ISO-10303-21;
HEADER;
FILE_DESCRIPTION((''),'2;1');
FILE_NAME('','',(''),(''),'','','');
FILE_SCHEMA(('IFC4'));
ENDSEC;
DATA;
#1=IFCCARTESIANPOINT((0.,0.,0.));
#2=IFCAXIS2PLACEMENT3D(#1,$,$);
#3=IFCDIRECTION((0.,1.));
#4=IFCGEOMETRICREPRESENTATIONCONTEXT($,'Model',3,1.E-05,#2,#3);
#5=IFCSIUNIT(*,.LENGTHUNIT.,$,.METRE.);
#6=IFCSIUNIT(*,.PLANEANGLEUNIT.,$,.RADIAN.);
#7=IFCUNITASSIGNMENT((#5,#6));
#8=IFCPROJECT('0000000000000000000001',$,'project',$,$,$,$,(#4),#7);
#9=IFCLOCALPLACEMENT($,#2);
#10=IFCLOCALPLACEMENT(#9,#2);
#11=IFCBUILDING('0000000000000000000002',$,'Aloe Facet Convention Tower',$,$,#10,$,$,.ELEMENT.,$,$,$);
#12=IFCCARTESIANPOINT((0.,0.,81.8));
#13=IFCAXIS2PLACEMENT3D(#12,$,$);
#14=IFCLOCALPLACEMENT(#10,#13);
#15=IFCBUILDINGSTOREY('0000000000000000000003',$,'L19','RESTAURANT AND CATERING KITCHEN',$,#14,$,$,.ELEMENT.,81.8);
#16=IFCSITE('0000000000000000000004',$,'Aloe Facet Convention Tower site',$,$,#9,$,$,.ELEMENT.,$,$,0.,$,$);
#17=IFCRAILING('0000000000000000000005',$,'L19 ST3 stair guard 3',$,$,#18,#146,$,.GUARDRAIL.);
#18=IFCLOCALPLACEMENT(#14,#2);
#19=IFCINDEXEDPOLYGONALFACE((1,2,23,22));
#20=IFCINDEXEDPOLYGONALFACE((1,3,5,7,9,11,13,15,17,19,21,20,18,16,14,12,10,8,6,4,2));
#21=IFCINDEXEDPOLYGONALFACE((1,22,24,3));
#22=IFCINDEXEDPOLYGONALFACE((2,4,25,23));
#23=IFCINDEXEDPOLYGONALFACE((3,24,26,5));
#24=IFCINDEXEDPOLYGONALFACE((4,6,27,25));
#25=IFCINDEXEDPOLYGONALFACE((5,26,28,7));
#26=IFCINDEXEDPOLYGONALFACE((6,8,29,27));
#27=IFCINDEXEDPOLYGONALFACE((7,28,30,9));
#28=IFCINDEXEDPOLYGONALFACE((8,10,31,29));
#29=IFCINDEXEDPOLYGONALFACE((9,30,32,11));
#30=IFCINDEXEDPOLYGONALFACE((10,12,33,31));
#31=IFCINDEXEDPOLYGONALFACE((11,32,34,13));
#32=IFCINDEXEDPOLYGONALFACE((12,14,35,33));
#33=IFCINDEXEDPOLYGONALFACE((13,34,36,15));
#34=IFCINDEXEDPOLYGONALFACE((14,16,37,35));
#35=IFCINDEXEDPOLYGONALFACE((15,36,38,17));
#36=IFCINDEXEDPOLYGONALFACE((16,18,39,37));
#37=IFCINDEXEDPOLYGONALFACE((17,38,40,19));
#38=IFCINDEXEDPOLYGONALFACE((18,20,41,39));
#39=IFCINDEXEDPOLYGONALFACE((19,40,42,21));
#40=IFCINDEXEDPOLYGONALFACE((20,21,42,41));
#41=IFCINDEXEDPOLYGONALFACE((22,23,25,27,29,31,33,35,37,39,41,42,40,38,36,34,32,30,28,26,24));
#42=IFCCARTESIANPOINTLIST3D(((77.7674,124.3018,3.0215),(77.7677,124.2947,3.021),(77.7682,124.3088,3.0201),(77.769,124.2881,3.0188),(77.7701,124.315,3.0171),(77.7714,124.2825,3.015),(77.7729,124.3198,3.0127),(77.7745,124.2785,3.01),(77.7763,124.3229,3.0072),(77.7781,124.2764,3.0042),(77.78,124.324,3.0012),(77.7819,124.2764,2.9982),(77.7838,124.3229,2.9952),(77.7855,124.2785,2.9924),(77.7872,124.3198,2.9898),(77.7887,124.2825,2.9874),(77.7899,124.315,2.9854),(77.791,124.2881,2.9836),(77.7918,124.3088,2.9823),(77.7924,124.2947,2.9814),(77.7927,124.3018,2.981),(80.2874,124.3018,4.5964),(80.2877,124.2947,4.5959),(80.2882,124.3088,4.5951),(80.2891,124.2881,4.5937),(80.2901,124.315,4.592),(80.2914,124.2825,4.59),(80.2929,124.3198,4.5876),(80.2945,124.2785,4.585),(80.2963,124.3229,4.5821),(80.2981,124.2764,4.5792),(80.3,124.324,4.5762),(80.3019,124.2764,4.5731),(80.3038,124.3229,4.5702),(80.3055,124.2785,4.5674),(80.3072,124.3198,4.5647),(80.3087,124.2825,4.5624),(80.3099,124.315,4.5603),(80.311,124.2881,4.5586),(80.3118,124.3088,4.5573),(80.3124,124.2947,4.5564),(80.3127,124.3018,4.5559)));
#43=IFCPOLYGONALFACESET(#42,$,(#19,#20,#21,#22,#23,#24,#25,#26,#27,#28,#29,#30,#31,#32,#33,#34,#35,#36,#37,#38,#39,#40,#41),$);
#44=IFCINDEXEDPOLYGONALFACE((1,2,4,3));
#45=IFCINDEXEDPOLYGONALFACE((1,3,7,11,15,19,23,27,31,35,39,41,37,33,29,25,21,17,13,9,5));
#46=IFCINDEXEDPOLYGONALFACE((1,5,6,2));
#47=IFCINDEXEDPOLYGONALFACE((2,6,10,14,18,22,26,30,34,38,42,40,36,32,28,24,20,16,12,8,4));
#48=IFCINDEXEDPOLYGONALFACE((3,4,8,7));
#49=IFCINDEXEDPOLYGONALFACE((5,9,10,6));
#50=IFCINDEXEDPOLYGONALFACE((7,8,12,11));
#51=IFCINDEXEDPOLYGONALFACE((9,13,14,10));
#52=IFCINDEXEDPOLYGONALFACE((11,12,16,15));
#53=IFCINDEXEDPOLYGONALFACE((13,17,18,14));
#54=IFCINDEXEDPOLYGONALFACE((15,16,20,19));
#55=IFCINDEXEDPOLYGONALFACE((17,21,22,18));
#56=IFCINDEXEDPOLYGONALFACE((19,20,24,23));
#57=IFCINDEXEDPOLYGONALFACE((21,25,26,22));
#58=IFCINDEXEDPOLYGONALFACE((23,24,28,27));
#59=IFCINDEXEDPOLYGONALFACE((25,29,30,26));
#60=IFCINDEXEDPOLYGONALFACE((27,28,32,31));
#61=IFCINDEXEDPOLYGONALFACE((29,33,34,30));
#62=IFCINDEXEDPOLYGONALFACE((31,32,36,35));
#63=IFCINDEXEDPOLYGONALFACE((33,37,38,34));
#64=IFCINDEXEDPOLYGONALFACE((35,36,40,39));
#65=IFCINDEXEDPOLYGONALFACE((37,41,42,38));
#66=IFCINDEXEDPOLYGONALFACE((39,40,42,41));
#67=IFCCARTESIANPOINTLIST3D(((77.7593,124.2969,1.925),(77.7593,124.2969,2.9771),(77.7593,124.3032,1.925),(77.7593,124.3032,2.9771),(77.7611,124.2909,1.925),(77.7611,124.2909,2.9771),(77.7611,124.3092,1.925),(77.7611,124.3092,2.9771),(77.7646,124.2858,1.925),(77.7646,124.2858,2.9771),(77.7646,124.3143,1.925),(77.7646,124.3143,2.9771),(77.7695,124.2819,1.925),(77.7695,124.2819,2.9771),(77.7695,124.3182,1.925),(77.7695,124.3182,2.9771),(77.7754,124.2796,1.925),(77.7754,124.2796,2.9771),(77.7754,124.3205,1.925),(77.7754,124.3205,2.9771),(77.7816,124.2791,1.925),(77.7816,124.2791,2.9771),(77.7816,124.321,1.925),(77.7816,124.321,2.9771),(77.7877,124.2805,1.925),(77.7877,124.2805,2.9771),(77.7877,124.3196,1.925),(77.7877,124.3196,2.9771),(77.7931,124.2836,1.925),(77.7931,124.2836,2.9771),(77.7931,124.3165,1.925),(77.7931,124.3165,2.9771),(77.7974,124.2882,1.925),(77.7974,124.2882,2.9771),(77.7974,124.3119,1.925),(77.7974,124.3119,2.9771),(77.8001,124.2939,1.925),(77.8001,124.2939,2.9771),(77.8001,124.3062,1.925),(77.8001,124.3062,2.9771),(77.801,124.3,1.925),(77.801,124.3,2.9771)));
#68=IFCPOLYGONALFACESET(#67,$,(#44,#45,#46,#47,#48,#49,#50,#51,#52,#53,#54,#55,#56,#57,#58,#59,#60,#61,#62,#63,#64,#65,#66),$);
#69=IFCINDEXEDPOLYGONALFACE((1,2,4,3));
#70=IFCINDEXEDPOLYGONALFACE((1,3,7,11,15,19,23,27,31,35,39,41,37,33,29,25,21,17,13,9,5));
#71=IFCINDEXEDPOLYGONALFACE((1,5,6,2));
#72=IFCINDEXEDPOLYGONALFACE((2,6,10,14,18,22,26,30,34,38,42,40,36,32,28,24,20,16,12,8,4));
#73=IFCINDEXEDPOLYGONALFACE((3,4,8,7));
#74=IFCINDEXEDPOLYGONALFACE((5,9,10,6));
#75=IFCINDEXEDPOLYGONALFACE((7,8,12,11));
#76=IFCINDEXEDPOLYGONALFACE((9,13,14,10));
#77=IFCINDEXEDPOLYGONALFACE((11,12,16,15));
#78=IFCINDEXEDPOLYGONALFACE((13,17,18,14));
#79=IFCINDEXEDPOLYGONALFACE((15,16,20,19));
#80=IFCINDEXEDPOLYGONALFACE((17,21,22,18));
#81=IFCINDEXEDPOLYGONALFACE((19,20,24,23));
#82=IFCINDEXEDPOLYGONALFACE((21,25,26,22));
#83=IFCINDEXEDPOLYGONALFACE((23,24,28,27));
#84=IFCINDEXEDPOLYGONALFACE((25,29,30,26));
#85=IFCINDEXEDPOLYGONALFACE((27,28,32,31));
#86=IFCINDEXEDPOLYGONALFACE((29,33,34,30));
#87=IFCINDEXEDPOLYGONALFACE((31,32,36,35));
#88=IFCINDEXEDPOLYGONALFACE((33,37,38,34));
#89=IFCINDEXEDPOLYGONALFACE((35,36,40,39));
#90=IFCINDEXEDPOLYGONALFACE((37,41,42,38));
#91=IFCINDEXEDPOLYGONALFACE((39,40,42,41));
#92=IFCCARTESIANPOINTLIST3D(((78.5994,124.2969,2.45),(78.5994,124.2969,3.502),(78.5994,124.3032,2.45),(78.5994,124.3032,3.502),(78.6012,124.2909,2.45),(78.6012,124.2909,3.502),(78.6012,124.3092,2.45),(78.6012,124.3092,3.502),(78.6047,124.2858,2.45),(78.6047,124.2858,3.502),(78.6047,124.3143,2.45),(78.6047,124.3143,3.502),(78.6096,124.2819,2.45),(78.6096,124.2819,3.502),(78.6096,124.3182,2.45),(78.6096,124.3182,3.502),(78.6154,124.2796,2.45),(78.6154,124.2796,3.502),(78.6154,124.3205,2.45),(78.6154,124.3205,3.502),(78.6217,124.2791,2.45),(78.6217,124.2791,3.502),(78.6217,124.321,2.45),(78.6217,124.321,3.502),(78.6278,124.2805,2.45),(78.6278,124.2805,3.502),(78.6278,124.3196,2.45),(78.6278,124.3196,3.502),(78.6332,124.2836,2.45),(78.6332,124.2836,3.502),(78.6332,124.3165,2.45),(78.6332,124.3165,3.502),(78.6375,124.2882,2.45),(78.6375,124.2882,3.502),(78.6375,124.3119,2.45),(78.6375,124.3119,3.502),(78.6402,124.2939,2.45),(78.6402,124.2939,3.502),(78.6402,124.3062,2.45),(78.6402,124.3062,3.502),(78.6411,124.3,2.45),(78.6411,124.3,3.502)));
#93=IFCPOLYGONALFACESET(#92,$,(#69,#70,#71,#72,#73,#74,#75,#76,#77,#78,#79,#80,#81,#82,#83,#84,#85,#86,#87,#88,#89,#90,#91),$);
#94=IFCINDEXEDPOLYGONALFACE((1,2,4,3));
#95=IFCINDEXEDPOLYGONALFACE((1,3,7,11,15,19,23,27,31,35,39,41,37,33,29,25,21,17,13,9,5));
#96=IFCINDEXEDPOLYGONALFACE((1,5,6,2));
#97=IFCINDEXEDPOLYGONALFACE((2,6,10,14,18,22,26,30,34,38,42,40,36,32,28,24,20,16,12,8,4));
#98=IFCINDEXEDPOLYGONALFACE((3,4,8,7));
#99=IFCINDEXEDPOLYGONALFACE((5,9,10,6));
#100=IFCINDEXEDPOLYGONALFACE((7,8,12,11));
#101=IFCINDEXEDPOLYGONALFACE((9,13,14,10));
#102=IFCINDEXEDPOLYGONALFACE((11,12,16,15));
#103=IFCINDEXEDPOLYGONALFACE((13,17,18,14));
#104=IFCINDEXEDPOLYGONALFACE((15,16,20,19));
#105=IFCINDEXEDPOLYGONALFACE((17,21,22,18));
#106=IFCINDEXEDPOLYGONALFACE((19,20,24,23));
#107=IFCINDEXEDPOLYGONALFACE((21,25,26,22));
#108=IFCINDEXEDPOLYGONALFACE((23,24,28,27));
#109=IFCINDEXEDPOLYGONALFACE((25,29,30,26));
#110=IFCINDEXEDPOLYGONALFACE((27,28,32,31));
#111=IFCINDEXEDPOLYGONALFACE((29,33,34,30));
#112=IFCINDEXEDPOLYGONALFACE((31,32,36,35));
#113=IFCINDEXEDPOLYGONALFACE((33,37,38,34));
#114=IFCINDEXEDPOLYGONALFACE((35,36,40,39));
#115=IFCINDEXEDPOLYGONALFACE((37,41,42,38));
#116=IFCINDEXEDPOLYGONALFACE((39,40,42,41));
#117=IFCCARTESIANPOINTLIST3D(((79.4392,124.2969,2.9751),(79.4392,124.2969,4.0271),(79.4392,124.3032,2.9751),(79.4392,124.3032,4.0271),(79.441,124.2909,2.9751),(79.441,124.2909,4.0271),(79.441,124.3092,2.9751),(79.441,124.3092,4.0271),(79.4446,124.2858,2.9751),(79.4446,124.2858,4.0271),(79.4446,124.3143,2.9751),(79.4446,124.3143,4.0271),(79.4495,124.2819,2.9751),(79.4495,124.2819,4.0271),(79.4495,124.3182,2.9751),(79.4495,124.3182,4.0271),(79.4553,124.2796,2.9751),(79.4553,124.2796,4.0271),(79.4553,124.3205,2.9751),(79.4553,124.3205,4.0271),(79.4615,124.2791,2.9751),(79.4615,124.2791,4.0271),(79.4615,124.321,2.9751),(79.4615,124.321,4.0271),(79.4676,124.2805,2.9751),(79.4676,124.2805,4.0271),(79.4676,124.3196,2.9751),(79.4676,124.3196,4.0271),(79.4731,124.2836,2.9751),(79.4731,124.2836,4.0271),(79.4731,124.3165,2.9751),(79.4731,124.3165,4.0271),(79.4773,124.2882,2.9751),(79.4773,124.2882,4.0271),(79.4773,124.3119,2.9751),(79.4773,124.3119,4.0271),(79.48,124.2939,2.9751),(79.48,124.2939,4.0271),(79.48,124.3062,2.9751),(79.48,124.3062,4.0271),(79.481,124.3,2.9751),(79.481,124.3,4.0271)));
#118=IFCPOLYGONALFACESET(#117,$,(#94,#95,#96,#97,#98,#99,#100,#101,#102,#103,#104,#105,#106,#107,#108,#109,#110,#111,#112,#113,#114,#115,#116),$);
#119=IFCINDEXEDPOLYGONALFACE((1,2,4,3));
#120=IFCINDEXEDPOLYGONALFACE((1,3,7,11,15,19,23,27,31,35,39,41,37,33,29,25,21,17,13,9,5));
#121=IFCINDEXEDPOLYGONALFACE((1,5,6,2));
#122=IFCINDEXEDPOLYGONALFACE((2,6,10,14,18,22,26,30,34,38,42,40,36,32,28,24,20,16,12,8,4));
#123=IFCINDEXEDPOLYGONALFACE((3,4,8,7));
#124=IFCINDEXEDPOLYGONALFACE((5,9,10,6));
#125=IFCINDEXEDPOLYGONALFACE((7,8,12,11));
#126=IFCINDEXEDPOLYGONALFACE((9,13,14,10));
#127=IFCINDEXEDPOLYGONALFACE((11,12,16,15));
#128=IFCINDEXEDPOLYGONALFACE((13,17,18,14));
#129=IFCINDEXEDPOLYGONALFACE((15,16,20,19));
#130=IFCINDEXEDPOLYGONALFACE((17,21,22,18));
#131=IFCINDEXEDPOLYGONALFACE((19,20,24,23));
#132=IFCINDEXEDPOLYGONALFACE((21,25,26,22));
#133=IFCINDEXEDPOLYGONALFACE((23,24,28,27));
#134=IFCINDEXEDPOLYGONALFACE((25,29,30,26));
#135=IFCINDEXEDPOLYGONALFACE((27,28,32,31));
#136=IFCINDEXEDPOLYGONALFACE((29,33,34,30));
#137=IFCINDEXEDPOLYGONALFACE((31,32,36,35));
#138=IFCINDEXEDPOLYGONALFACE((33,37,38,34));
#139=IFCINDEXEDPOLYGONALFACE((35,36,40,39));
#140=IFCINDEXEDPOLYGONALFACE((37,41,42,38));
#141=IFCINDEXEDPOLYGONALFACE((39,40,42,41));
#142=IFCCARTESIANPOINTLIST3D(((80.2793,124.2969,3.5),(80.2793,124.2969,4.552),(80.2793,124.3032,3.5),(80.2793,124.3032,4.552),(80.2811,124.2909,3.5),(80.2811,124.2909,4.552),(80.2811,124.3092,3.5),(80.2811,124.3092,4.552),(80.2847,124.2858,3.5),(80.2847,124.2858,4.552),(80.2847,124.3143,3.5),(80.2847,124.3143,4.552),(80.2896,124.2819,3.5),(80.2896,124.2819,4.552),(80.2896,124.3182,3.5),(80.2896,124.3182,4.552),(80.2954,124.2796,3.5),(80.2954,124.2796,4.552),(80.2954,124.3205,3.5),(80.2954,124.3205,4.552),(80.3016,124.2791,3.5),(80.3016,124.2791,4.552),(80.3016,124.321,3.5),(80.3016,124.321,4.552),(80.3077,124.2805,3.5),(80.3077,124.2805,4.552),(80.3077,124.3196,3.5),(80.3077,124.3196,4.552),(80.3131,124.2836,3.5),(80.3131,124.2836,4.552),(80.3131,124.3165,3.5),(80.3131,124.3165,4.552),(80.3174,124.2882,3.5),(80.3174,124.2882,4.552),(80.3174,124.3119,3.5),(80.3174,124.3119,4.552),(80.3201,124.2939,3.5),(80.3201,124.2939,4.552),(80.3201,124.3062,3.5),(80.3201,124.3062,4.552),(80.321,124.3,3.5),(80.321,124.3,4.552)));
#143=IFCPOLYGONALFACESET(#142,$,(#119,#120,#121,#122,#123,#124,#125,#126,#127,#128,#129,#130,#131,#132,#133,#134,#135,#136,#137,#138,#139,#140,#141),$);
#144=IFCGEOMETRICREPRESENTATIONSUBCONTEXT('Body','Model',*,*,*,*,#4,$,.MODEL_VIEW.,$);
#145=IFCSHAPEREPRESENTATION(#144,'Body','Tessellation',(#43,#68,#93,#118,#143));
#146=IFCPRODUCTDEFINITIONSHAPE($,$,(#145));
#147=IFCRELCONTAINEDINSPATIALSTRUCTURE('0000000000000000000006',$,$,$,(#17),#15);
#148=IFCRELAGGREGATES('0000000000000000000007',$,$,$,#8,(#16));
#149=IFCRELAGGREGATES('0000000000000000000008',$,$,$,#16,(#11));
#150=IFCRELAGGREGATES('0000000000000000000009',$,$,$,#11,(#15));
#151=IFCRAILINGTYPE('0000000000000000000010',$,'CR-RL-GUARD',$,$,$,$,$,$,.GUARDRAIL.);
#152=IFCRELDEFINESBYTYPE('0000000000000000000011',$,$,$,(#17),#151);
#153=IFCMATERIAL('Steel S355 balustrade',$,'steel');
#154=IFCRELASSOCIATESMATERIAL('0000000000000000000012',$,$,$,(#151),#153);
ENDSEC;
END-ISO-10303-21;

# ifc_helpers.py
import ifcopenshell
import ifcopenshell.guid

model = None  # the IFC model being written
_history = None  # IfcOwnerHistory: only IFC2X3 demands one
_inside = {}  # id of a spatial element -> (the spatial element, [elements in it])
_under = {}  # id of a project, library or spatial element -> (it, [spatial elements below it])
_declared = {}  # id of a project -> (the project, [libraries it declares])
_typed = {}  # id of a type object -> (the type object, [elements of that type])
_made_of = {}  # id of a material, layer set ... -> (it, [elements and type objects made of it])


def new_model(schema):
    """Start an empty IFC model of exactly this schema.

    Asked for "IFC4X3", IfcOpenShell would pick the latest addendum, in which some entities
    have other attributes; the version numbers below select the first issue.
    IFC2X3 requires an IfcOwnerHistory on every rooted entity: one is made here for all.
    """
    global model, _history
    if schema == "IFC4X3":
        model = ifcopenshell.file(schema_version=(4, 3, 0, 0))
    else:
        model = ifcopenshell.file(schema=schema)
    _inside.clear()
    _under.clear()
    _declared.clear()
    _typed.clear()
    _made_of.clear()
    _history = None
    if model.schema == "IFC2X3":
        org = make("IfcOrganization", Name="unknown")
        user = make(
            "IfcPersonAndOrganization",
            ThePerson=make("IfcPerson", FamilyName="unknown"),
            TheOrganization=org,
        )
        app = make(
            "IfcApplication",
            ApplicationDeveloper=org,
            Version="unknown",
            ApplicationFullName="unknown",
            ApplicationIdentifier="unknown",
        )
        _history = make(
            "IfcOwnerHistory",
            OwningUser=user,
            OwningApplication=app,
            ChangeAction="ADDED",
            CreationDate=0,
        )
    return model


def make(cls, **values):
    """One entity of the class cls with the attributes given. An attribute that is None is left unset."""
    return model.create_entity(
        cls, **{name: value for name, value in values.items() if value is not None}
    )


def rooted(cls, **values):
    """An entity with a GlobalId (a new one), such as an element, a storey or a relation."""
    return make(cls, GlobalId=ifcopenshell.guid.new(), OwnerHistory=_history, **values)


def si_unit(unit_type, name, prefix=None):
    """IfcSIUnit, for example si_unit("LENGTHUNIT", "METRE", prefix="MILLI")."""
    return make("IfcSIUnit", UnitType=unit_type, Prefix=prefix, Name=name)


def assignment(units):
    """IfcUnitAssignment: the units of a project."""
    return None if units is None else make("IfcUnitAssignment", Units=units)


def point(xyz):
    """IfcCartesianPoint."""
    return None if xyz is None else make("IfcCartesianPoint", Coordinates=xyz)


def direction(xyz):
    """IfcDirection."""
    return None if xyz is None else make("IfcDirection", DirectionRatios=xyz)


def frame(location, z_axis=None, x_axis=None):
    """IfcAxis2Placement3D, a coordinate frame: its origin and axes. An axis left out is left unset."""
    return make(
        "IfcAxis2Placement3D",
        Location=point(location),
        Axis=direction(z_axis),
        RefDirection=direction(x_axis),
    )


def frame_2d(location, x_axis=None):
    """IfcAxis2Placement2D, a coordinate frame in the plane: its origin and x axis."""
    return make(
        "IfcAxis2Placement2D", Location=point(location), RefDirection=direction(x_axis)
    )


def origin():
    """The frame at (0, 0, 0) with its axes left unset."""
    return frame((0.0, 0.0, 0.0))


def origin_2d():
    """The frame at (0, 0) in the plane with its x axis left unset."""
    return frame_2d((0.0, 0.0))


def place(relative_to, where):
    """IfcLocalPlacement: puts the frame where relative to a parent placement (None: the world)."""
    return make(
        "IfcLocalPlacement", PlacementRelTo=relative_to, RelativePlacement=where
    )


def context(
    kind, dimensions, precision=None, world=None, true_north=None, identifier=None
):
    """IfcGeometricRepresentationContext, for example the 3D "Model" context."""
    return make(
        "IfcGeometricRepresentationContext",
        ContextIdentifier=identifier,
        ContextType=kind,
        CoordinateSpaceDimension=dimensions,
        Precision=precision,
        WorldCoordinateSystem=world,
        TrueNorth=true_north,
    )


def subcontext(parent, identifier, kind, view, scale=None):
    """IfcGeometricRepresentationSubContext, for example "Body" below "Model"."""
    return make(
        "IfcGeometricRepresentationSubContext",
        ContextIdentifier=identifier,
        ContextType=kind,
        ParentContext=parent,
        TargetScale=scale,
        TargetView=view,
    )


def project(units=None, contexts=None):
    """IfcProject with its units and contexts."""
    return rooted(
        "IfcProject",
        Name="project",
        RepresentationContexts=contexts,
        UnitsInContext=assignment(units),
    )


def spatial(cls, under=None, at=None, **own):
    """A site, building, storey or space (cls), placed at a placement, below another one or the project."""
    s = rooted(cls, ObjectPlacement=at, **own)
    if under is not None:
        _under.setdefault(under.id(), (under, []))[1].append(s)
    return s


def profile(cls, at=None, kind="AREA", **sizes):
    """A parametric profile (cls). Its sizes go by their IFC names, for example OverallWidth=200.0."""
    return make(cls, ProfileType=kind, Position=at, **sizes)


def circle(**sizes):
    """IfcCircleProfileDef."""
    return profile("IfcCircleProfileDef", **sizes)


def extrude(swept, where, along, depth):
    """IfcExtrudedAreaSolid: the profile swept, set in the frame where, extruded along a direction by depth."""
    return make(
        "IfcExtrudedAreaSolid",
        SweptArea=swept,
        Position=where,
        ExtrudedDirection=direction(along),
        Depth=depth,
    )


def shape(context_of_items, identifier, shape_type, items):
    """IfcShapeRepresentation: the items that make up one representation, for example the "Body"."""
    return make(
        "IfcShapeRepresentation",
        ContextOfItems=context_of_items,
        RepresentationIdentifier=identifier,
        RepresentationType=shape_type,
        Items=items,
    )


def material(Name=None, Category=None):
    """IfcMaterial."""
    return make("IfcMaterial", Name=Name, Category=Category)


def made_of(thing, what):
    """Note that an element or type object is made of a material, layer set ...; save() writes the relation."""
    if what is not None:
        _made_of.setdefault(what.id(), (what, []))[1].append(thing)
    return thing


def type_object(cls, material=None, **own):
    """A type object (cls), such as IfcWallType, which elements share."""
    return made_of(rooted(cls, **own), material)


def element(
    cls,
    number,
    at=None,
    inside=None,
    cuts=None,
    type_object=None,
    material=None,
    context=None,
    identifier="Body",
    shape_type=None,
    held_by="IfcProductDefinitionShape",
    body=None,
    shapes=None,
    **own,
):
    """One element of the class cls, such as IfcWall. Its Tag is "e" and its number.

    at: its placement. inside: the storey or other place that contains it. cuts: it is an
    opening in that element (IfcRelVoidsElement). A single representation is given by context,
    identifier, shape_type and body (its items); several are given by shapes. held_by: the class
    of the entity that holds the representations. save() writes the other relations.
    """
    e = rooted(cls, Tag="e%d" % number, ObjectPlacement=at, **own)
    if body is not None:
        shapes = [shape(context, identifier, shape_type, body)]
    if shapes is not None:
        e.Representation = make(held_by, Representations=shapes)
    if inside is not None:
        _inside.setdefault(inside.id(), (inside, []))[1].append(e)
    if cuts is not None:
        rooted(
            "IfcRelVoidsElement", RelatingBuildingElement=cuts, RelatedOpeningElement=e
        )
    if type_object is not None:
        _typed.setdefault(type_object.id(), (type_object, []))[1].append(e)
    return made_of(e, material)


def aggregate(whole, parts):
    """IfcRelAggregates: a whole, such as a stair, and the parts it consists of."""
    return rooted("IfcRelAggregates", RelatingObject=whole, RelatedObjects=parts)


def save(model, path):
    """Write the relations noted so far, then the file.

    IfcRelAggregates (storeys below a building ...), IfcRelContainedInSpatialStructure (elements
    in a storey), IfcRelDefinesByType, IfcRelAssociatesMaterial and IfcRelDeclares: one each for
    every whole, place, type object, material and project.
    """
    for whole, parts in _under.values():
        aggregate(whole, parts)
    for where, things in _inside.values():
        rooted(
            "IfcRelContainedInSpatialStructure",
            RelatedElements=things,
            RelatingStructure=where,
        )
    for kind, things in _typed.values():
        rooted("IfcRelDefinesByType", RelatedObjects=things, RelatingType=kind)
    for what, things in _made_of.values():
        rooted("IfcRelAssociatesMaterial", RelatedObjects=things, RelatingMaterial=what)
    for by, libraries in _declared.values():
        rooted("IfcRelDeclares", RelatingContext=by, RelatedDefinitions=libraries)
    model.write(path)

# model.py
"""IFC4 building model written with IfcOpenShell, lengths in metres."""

from ifc_helpers import new_model, si_unit, direction, frame, origin, origin_2d, place, context, subcontext, project, spatial, circle, extrude, material, type_object, element, save


model = new_model("IFC4")

# Units and contexts
model_context = context("Model", 3, precision=1e-05, world=origin(), true_north=direction((0.0, 1.0)))
body_context = subcontext(model_context, "Body", "Model", "MODEL_VIEW")
ifc_project = project(units=[si_unit("LENGTHUNIT", "METRE"), si_unit("PLANEANGLEUNIT", "RADIAN")], contexts=[model_context])

# Site, building, storey
site_placement = place(None, origin())
site = spatial("IfcSite", under=ifc_project, at=site_placement, Name="Aloe Facet Convention Tower site", CompositionType="ELEMENT", RefElevation=0.0)
building_placement = place(site_placement, origin())
building = spatial("IfcBuilding", under=site, at=building_placement, Name="Aloe Facet Convention Tower", CompositionType="ELEMENT")
storey_placement = place(building_placement, frame((0.0, 0.0, 81.8)))
storey = spatial("IfcBuildingStorey", under=building, at=storey_placement, Name="L19", Description="RESTAURANT AND CATERING KITCHEN", CompositionType="ELEMENT", Elevation=81.8)

# Railing
ifc_material_1 = material(Name="Steel S355 balustrade", Category="steel")
railing_type_1 = type_object("IfcRailingType", Name="CR-RL-GUARD", PredefinedType="GUARDRAIL", material=ifc_material_1)
railing_1_placement = place(storey_placement, frame((77.78, 124.3, 1.925)))
element("IfcRailing", 1, at=railing_1_placement, inside=storey, type_object=railing_type_1, Name="L19 ST3 stair guard 3", PredefinedType="GUARDRAIL", context=body_context, shape_type="SweptSolid", body=[
    extrude(circle(Radius=0.0239, at=origin_2d()), frame((0.0, 0.0, 1.0762), z_axis=(0.848008, 0.0, 0.529984), x_axis=(0.0, 1.0, 0.0)), (0.0, 0.0, 1.0), 2.9717),
    extrude(circle(Radius=0.021, at=origin_2d()), origin(), (0.0, 0.0, 1.0), 1.052),
    extrude(circle(Radius=0.021, at=origin_2d()), frame((0.8401, 0.0, 0.5249)), (0.0, 0.0, 1.0), 1.052),
    extrude(circle(Radius=0.021, at=origin_2d()), frame((1.6799, 0.0, 1.05)), (0.0, 0.0, 1.0), 1.052),
    extrude(circle(Radius=0.021, at=origin_2d()), frame((2.52, 0.0, 1.575)), (0.0, 0.0, 1.0), 1.052),
])

save(model, "model.ifc")
